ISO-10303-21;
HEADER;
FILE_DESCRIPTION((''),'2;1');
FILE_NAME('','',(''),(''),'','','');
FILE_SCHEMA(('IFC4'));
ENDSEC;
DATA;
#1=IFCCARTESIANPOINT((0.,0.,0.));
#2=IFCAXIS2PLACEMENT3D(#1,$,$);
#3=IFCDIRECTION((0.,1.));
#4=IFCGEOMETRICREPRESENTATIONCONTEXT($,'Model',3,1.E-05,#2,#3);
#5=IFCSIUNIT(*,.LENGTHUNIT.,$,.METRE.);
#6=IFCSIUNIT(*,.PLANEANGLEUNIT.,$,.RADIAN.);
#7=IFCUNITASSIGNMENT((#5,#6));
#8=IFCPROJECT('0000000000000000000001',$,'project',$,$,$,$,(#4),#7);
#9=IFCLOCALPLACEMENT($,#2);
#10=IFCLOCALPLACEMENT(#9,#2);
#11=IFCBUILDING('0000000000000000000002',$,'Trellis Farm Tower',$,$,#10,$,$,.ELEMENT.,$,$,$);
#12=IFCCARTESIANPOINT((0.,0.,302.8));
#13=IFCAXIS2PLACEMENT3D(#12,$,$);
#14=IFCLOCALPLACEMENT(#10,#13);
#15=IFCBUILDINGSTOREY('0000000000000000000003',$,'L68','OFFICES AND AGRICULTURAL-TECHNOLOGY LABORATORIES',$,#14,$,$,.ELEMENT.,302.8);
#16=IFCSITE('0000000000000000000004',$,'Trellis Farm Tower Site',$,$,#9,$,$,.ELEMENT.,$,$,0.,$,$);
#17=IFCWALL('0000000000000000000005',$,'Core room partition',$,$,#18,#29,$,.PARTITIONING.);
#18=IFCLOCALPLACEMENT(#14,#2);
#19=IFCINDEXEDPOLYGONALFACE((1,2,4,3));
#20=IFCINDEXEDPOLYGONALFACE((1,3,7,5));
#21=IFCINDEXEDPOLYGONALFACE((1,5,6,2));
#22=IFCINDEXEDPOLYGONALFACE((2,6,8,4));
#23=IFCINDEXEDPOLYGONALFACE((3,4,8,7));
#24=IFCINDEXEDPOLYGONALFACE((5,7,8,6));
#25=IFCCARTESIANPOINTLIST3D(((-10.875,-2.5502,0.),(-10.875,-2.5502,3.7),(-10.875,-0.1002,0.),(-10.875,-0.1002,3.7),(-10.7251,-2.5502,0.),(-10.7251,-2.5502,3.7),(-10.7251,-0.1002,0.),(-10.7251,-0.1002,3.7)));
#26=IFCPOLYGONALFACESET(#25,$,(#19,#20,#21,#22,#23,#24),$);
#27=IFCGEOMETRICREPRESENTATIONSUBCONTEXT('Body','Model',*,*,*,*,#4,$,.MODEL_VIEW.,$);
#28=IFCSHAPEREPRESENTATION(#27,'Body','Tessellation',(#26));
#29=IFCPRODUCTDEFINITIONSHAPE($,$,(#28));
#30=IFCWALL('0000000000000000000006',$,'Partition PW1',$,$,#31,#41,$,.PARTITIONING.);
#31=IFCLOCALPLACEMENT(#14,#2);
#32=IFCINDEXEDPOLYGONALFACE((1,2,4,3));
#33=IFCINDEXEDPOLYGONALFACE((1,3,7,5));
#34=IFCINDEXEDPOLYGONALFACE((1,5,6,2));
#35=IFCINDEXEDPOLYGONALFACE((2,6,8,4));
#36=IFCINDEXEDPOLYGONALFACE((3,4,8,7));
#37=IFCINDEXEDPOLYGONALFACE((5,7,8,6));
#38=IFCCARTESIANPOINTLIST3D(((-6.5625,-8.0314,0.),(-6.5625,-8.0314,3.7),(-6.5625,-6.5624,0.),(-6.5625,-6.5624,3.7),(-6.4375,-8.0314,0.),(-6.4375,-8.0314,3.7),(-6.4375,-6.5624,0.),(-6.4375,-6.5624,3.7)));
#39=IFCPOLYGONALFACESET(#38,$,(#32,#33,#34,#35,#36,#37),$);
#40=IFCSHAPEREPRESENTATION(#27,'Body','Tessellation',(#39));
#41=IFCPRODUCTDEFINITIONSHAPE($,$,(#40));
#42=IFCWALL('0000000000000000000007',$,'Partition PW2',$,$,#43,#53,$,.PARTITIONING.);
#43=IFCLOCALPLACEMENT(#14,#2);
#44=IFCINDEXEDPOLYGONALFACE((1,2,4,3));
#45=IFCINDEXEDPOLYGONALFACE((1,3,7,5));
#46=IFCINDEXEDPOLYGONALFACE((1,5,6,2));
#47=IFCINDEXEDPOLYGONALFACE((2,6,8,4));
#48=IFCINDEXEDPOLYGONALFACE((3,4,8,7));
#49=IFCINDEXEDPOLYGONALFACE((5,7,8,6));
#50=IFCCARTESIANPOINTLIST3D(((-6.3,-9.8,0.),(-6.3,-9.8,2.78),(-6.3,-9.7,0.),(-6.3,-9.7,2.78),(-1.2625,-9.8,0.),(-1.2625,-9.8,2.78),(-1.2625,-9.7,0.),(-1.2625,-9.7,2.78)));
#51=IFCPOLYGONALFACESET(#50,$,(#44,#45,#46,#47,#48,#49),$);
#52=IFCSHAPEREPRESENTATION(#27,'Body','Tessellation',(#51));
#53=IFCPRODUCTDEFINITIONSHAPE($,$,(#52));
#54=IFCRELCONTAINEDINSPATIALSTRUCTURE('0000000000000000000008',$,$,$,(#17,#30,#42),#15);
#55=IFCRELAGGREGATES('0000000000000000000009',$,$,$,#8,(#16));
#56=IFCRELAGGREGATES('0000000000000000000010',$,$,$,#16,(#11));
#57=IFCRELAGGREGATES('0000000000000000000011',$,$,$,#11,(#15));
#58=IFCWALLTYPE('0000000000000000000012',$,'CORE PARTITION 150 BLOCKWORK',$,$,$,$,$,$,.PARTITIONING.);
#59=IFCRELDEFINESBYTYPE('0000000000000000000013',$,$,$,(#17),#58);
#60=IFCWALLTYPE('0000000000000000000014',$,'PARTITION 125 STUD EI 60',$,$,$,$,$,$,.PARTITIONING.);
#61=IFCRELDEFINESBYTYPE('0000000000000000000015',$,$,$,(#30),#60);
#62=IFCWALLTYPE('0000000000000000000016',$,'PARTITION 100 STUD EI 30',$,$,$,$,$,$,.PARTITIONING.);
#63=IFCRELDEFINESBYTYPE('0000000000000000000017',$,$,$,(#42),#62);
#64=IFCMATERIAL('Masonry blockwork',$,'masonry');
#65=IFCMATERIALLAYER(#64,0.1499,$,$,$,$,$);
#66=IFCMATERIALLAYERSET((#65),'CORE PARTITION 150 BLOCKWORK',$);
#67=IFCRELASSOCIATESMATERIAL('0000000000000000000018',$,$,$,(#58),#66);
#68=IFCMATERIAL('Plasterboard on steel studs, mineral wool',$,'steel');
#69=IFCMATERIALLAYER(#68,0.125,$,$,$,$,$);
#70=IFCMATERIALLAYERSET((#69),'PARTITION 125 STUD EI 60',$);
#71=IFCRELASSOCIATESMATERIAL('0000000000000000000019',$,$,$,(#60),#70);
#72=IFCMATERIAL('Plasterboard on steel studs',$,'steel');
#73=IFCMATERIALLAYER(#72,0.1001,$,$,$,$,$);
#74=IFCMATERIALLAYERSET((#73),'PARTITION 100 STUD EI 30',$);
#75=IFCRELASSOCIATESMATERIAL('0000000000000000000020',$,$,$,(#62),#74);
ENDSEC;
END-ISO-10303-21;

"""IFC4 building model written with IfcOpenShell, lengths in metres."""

from ifc_helpers import new_model, si_unit, direction, frame, frame_2d, origin, place, context, subcontext, project, spatial, rectangle, extrude, source, transform, mapped, material, layer, layer_set, type_object, element, save


model = new_model("IFC4")

# Units and contexts
model_context = context("Model", 3, precision=1e-05, world=origin(), true_north=direction((0.0, 1.0)))
body_context = subcontext(model_context, "Body", "Model", "MODEL_VIEW")
ifc_project = project(units=[si_unit("LENGTHUNIT", "METRE"), si_unit("PLANEANGLEUNIT", "RADIAN")], contexts=[model_context])

# Site, building, storey
site_placement = place(None, origin())
site = spatial("IfcSite", under=ifc_project, at=site_placement, Name="Trellis Farm Tower Site", CompositionType="ELEMENT", RefElevation=0.0)
building_placement = place(site_placement, origin())
building = spatial("IfcBuilding", under=site, at=building_placement, Name="Trellis Farm Tower", CompositionType="ELEMENT")
storey_placement = place(building_placement, frame((0.0, 0.0, 302.8)))
storey = spatial("IfcBuildingStorey", under=building, at=storey_placement, Name="L68", Description="OFFICES AND AGRICULTURAL-TECHNOLOGY LABORATORIES", CompositionType="ELEMENT", Elevation=302.8)

# Wall
ifc_material_1 = material(Name="Masonry blockwork", Category="masonry")
ifc_layer_1 = layer(ifc_material_1, 0.1499)
ifc_layer_set_1 = layer_set([ifc_layer_1], Name="CORE PARTITION 150 BLOCKWORK")
wall_type_1 = type_object("IfcWallType", Name="CORE PARTITION 150 BLOCKWORK", PredefinedType="PARTITIONING", material=ifc_layer_set_1)
shared_shape_1 = source(origin(), body_context, "Body", "SweptSolid", [
    extrude(rectangle(XDim=2.45, YDim=0.1499, at=frame_2d((1.2251, 0.0))), origin(), (0.0, 0.0, 1.0), 3.7),
])
for number, where, z_axis, x_axis, name in (
    (1, (-10.8, -0.1001, 0.0), (0.0, 0.0, 1.0), (0.0, -1.0, 0.0), "Core room partition"),
):
    element("IfcWall", number, at=place(storey_placement, frame(where, z_axis=z_axis, x_axis=x_axis)), inside=storey, type_object=wall_type_1, Name=name, PredefinedType="PARTITIONING", context=body_context, shape_type="MappedRepresentation", body=[
        mapped(shared_shape_1, transform((0.0, 0.0, 0.0))),
    ])

# Walls
ifc_material_2 = material(Name="Plasterboard on steel studs, mineral wool", Category="steel")
ifc_layer_2 = layer(ifc_material_2, 0.125)
ifc_layer_set_2 = layer_set([ifc_layer_2], Name="PARTITION 125 STUD EI 60")
wall_type_2 = type_object("IfcWallType", Name="PARTITION 125 STUD EI 60", PredefinedType="PARTITIONING", material=ifc_layer_set_2)
shared_shape_2 = source(origin(), body_context, "Body", "SweptSolid", [
    extrude(rectangle(XDim=1.469, YDim=0.125, at=frame_2d((0.7344, 0.0))), origin(), (0.0, 0.0, 1.0), 3.7),
])
wall_1_placement = place(storey_placement, frame((-6.5, -6.5625, 0.0), z_axis=(0.0, 0.0, 1.0), x_axis=(0.0, -1.0, 0.0)))
element("IfcWall", 2, at=wall_1_placement, inside=storey, type_object=wall_type_2, Name="Partition PW1", PredefinedType="PARTITIONING", context=body_context, shape_type="MappedRepresentation", body=[
    mapped(shared_shape_2, transform((0.0, 0.0, 0.0))),
])
ifc_material_3 = material(Name="Plasterboard on steel studs", Category="steel")
ifc_layer_3 = layer(ifc_material_3, 0.1001)
ifc_layer_set_3 = layer_set([ifc_layer_3], Name="PARTITION 100 STUD EI 30")
wall_type_3 = type_object("IfcWallType", Name="PARTITION 100 STUD EI 30", PredefinedType="PARTITIONING", material=ifc_layer_set_3)
shared_shape_3 = source(origin(), body_context, "Body", "SweptSolid", [
    extrude(rectangle(XDim=5.0376, YDim=0.1001, at=frame_2d((2.5188, 0.0))), origin(), (0.0, 0.0, 1.0), 2.78),
])
wall_2_placement = place(storey_placement, frame((-6.3, -9.75, 0.0), z_axis=(0.0, 0.0, 1.0), x_axis=(1.0, 0.0, 0.0)))
element("IfcWall", 3, at=wall_2_placement, inside=storey, type_object=wall_type_3, Name="Partition PW2", PredefinedType="PARTITIONING", context=body_context, shape_type="MappedRepresentation", body=[
    mapped(shared_shape_3, transform((0.0, 0.0, 0.0))),
])

save(model, "model.ifc")
